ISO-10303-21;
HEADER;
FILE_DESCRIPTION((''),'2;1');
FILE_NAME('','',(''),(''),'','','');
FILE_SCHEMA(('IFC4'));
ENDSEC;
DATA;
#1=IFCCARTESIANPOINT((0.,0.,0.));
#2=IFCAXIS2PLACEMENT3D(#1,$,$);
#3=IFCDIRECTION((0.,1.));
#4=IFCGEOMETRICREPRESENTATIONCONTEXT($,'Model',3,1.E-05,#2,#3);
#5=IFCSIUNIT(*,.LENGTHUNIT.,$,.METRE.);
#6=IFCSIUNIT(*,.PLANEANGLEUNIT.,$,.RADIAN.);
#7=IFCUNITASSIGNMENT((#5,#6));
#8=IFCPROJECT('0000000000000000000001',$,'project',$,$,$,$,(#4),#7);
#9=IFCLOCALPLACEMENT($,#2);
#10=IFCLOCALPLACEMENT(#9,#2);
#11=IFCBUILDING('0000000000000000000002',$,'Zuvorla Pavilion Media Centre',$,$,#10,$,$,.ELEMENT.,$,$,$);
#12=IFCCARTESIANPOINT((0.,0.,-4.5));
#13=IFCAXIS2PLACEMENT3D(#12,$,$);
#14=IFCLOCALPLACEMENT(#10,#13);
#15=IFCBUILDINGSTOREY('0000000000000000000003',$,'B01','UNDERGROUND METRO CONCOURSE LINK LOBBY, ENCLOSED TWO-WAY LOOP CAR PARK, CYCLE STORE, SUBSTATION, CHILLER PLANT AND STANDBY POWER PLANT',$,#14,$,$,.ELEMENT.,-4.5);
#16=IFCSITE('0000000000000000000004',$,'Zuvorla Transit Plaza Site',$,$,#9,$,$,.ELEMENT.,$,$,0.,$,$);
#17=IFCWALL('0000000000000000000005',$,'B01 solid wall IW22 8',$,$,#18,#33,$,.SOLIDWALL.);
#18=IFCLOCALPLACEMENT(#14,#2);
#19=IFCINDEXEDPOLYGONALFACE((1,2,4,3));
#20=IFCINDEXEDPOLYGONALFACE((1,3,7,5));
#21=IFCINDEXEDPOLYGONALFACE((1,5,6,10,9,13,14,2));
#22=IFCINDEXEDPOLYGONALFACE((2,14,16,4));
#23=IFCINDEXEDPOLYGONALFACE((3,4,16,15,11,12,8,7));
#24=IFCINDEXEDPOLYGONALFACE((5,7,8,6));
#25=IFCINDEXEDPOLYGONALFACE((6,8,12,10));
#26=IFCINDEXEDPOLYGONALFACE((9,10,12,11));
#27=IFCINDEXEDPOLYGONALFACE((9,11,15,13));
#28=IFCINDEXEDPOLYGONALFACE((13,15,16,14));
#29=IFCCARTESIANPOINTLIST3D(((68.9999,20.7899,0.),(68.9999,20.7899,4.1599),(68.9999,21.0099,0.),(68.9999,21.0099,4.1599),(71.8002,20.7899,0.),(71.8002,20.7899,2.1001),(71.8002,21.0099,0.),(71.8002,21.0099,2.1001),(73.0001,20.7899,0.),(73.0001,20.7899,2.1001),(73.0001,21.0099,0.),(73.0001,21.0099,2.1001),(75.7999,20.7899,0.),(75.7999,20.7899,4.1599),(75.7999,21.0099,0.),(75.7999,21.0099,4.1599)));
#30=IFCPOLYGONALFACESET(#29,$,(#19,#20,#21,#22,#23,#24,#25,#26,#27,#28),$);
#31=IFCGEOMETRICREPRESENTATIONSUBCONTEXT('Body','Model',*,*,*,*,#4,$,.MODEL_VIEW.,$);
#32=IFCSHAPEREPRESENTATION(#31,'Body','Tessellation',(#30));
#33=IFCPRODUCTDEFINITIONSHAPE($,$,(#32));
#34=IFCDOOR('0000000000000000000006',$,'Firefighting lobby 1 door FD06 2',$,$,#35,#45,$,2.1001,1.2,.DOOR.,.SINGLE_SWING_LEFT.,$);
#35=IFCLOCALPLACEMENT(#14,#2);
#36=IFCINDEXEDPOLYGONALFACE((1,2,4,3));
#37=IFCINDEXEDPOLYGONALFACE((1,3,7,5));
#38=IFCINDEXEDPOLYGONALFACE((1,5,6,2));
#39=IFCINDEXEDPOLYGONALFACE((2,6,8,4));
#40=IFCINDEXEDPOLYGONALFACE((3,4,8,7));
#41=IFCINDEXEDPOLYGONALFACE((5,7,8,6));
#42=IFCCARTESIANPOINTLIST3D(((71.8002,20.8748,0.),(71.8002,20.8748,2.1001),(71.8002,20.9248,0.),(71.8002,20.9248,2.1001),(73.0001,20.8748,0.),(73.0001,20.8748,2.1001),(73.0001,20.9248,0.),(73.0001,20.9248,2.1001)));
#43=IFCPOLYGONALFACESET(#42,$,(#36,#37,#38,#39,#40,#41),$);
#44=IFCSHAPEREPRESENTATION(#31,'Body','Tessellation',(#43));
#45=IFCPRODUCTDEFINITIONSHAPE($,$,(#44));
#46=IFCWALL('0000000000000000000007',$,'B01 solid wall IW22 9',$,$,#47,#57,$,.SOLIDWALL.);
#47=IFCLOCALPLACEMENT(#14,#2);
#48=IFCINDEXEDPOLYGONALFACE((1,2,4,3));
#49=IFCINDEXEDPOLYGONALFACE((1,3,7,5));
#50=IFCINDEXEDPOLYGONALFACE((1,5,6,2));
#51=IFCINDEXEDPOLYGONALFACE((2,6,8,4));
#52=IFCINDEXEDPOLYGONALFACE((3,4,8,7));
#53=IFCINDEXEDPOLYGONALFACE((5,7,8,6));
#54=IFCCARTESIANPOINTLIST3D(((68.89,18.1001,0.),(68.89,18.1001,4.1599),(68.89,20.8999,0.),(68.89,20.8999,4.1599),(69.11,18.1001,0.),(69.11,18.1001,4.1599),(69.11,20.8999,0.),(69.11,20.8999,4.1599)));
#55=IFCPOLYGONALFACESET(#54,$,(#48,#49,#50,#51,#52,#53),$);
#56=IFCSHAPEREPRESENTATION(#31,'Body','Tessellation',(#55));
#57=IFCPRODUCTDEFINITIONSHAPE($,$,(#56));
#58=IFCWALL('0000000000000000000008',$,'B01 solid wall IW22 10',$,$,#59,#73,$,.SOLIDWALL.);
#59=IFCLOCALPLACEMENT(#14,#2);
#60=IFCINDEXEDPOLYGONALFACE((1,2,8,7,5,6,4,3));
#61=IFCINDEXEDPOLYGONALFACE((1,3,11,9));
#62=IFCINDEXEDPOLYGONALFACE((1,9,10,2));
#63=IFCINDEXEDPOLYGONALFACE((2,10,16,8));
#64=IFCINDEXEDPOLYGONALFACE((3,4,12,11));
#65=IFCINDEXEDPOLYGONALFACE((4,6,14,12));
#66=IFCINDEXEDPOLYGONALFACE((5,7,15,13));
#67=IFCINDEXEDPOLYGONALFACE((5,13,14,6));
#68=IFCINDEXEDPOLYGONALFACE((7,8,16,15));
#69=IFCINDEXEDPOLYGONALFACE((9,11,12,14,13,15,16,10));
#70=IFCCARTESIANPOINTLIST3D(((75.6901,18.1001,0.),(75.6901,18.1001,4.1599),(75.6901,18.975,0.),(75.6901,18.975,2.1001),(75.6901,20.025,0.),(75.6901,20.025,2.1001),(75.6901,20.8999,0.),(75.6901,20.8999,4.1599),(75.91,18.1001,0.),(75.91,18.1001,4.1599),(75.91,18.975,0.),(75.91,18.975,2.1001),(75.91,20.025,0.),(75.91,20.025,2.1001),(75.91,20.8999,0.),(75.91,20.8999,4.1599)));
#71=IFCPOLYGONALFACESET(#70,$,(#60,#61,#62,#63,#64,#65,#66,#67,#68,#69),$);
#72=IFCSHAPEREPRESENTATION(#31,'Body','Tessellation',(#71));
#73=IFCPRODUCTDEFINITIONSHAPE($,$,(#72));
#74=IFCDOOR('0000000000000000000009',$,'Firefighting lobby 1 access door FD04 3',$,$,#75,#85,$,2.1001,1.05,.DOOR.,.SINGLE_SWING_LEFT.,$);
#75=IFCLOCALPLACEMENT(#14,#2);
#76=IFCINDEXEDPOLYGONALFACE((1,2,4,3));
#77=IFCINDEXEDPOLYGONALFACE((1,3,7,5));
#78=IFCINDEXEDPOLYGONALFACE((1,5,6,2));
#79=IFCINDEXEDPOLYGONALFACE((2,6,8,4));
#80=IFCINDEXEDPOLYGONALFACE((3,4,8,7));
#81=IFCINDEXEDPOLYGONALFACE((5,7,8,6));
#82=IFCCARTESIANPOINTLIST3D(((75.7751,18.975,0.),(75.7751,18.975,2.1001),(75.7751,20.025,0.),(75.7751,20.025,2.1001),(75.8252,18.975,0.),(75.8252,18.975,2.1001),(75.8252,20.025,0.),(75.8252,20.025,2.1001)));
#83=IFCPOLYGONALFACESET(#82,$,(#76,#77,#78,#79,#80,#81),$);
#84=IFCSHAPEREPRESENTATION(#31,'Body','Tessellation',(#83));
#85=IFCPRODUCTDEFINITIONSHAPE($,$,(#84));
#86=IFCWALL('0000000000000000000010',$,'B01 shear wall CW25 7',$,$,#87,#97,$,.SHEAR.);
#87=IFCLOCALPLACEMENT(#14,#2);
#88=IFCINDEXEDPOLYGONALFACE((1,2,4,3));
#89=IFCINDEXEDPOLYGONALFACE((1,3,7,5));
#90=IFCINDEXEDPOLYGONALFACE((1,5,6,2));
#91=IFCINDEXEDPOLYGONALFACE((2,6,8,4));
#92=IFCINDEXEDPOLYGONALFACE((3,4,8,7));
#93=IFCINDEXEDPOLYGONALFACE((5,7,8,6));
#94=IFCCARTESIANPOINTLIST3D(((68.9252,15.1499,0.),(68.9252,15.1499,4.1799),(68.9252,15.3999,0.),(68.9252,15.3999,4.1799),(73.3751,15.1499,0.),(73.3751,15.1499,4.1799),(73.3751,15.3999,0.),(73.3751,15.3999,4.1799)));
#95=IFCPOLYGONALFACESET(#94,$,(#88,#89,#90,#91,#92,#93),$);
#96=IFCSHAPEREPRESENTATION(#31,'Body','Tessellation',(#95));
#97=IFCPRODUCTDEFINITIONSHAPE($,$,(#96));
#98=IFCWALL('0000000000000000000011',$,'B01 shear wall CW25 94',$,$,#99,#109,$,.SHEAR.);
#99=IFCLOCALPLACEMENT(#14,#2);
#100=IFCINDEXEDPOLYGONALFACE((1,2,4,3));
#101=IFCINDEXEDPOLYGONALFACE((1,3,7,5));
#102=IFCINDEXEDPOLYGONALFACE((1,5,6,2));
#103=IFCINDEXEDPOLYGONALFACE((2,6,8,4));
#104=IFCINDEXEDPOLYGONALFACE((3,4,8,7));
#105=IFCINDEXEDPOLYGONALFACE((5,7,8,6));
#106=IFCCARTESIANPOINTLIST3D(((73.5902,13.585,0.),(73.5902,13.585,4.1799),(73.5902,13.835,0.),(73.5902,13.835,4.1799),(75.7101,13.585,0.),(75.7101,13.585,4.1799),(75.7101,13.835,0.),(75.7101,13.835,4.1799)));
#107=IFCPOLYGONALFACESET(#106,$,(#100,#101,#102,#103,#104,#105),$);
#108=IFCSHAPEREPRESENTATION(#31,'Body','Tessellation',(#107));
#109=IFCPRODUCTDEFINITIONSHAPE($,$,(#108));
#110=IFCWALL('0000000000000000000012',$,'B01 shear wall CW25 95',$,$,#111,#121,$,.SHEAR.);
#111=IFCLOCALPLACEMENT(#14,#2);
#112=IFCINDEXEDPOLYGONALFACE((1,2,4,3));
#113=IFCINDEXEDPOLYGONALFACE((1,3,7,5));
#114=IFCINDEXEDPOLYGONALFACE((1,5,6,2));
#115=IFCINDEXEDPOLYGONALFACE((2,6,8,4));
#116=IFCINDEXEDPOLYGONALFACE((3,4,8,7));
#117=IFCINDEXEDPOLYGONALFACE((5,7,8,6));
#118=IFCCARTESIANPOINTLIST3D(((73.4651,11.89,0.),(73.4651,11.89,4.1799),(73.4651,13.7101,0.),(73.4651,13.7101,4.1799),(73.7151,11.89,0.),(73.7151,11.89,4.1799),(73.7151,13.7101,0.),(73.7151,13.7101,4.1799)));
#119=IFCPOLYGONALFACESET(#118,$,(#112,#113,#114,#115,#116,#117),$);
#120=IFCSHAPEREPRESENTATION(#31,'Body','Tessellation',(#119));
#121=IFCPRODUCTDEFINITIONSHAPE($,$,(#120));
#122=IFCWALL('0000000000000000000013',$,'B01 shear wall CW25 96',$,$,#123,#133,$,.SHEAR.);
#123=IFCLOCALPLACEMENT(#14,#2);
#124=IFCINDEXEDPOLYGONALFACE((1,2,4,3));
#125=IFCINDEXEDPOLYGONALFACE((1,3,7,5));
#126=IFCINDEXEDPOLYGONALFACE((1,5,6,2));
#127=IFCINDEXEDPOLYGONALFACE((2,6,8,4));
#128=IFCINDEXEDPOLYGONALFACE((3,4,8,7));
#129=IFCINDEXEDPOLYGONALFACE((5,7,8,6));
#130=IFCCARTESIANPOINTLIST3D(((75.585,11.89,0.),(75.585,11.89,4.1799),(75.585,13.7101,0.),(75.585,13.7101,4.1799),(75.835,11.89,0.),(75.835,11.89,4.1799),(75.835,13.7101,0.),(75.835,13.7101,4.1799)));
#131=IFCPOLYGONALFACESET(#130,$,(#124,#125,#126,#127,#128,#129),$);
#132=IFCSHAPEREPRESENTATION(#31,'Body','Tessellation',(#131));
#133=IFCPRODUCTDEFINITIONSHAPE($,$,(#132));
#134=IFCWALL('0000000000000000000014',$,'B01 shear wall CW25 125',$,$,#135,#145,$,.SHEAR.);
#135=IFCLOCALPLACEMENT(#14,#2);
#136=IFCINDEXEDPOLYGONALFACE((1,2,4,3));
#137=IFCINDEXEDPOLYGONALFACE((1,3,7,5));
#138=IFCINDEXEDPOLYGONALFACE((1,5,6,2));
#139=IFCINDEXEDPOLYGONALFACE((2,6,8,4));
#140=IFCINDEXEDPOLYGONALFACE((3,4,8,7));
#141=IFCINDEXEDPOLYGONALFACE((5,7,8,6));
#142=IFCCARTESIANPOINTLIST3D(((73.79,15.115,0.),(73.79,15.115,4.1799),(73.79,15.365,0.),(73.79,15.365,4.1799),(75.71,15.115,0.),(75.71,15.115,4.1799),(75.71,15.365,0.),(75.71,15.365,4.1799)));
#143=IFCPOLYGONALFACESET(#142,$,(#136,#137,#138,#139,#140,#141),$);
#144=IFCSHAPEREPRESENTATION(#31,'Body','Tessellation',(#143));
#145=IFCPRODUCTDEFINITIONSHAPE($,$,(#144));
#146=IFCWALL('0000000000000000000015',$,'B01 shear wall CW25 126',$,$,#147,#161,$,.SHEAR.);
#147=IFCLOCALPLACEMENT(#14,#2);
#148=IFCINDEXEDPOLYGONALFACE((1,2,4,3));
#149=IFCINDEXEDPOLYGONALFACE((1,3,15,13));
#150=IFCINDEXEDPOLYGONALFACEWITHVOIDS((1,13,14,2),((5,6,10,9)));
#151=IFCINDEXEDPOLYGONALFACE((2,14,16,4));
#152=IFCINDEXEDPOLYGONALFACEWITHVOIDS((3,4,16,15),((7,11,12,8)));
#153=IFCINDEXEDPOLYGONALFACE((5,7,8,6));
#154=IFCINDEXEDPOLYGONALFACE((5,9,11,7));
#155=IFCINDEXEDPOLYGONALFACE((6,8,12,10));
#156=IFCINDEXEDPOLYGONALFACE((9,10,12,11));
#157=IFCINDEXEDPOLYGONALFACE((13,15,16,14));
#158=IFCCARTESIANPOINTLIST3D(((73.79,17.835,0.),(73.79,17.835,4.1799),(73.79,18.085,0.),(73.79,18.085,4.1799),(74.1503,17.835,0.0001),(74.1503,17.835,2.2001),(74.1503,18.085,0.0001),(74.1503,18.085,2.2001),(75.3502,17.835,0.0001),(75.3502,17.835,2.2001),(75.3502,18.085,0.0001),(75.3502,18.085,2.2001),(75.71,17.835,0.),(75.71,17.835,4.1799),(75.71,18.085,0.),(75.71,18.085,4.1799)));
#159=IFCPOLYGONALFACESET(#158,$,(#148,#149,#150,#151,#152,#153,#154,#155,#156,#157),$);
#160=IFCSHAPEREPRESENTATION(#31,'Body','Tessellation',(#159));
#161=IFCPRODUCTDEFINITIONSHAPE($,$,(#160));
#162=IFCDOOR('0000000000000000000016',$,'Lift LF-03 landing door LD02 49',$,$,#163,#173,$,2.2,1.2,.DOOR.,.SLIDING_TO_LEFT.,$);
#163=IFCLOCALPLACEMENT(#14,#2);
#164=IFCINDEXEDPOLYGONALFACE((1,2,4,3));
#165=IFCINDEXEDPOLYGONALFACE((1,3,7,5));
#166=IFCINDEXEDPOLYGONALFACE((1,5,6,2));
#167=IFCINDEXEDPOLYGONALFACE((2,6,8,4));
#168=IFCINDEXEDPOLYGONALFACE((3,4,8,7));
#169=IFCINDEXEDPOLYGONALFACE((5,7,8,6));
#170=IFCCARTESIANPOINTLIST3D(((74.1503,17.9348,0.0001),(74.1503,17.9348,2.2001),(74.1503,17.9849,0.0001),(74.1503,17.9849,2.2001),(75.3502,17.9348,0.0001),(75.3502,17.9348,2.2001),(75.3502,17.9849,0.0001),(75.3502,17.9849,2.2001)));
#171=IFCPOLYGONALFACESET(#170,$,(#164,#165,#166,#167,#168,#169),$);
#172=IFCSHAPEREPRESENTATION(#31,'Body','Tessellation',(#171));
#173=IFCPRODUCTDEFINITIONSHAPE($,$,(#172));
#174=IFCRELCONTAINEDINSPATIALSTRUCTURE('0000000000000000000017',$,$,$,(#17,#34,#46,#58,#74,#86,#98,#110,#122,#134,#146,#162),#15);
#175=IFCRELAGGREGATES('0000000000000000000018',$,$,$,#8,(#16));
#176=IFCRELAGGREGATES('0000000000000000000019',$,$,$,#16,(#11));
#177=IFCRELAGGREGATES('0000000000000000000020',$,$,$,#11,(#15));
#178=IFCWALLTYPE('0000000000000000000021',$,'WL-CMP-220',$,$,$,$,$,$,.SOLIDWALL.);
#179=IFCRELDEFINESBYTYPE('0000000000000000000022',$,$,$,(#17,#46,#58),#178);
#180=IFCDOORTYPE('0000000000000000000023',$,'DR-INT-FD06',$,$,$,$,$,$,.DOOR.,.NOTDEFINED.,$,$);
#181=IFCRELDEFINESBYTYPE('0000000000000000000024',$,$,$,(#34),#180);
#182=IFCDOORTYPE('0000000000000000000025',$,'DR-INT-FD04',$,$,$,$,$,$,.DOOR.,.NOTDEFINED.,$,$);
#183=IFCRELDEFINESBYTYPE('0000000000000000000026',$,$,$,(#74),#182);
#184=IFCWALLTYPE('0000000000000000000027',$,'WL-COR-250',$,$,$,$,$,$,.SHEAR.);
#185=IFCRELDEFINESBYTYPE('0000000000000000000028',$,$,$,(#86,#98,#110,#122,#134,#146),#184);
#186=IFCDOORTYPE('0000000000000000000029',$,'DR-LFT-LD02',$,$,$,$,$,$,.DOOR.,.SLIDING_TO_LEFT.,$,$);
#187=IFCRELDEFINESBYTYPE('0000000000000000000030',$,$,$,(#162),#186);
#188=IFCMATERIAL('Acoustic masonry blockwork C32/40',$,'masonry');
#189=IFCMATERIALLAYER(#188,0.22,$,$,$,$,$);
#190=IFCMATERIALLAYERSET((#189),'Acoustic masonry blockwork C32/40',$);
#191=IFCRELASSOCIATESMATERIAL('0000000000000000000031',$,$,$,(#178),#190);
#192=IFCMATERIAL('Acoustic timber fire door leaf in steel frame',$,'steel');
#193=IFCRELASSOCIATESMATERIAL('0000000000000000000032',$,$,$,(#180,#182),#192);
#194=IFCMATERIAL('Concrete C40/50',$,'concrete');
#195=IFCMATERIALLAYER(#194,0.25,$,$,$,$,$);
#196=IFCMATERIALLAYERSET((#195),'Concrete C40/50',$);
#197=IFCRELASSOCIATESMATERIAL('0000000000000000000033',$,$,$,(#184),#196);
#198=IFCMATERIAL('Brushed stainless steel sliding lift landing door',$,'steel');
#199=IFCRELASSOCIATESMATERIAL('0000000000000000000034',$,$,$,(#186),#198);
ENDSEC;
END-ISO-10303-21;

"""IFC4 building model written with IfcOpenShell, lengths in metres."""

from ifc_helpers import new_model, si_unit, direction, frame, frame_2d, origin, place, context, subcontext, project, spatial, rectangle, extrude, material, layer, layer_set, type_object, element, fill, save


model = new_model("IFC4")

# Units and contexts
model_context = context("Model", 3, precision=1e-05, world=origin(), true_north=direction((0.0, 1.0)))
body_context = subcontext(model_context, "Body", "Model", "MODEL_VIEW")
ifc_project = project(units=[si_unit("LENGTHUNIT", "METRE"), si_unit("PLANEANGLEUNIT", "RADIAN")], contexts=[model_context])

# Site, building, storey
site_placement = place(None, origin())
site = spatial("IfcSite", under=ifc_project, at=site_placement, Name="Zuvorla Transit Plaza Site", CompositionType="ELEMENT", RefElevation=0.0)
building_placement = place(site_placement, origin())
building = spatial("IfcBuilding", under=site, at=building_placement, Name="Zuvorla Pavilion Media Centre", CompositionType="ELEMENT")
storey_placement = place(building_placement, frame((0.0, 0.0, -4.5)))
storey = spatial("IfcBuildingStorey", under=building, at=storey_placement, Name="B01", Description="UNDERGROUND METRO CONCOURSE LINK LOBBY, ENCLOSED TWO-WAY LOOP CAR PARK, CYCLE STORE, SUBSTATION, CHILLER PLANT AND STANDBY POWER PLANT", CompositionType="ELEMENT", Elevation=-4.5)

# Shared definitions
ifc_material_1 = material(Name="Concrete C40/50", Category="concrete")

# Wall, opening, door
ifc_material_2 = material(Name="Acoustic masonry blockwork C32/40", Category="masonry")
ifc_layer_1 = layer(ifc_material_2, 0.22)
ifc_layer_set_1 = layer_set([ifc_layer_1], Name="Acoustic masonry blockwork C32/40")
wall_type_1 = type_object("IfcWallType", Name="WL-CMP-220", PredefinedType="SOLIDWALL", material=ifc_layer_set_1)
wall_1_placement = place(storey_placement, frame((69.0, 20.8999, 0.0), z_axis=(0.0, 0.0, 1.0), x_axis=(1.0, 0.0, 0.0)))
wall_1 = element("IfcWall", 1, at=wall_1_placement, inside=storey, type_object=wall_type_1, Name="B01 solid wall IW22 8", PredefinedType="SOLIDWALL", context=body_context, shape_type="SweptSolid", body=[
    extrude(rectangle(XDim=6.8, YDim=0.22, at=frame_2d((3.3999, 0.0))), origin(), (0.0, 0.0, 1.0), 4.1599),
])
opening_1_placement = place(wall_1_placement, frame((2.8, 0.0, 0.0)))
opening_1 = element("IfcOpeningElement", 2, at=opening_1_placement, cuts=wall_1, PredefinedType="OPENING", context=body_context, shape_type="SweptSolid", body=[
    extrude(rectangle(XDim=1.2, YDim=2.1001, at=frame_2d((0.6001, 1.05))), frame((0.0, 0.1199, 0.0), z_axis=(0.0, -1.0, 0.0), x_axis=(1.0, 0.0, 0.0)), (0.0, 0.0, 1.0), 0.24),
])
ifc_material_3 = material(Name="Acoustic timber fire door leaf in steel frame", Category="steel")
door_type_1 = type_object("IfcDoorType", Name="DR-INT-FD06", OperationType="NOTDEFINED", PredefinedType="DOOR", material=ifc_material_3)
door_1_placement = place(opening_1_placement, origin())
door_1 = element("IfcDoor", 3, at=door_1_placement, inside=storey, type_object=door_type_1, Name="Firefighting lobby 1 door FD06 2", OperationType="SINGLE_SWING_LEFT", OverallHeight=2.1001, OverallWidth=1.2, PredefinedType="DOOR", context=body_context, shape_type="SweptSolid", body=[
    extrude(rectangle(XDim=1.2, YDim=2.1001, at=frame_2d((0.6001, 1.05))), frame((0.0, 0.0249, 0.0), z_axis=(0.0, -1.0, 0.0), x_axis=(1.0, 0.0, 0.0)), (0.0, 0.0, 1.0), 0.05),
])
fill(opening_1, door_1)

# Wall
wall_2_placement = place(storey_placement, frame((69.0, 18.1001, 0.0), z_axis=(0.0, 0.0, 1.0), x_axis=(0.0, 1.0, 0.0)))
element("IfcWall", 4, at=wall_2_placement, inside=storey, type_object=wall_type_1, Name="B01 solid wall IW22 9", PredefinedType="SOLIDWALL", context=body_context, shape_type="SweptSolid", body=[
    extrude(rectangle(XDim=2.7998, YDim=0.22, at=frame_2d((1.3999, 0.0))), origin(), (0.0, 0.0, 1.0), 4.1599),
])

# Wall, opening, door
wall_3_placement = place(storey_placement, frame((75.8, 18.1001, 0.0), z_axis=(0.0, 0.0, 1.0), x_axis=(0.0, 1.0, 0.0)))
wall_3 = element("IfcWall", 5, at=wall_3_placement, inside=storey, type_object=wall_type_1, Name="B01 solid wall IW22 10", PredefinedType="SOLIDWALL", context=body_context, shape_type="SweptSolid", body=[
    extrude(rectangle(XDim=2.7998, YDim=0.22, at=frame_2d((1.3999, 0.0))), origin(), (0.0, 0.0, 1.0), 4.1599),
])
opening_2_placement = place(wall_3_placement, frame((0.875, 0.0, 0.0)))
opening_2 = element("IfcOpeningElement", 6, at=opening_2_placement, cuts=wall_3, PredefinedType="OPENING", context=body_context, shape_type="SweptSolid", body=[
    extrude(rectangle(XDim=1.05, YDim=2.1001, at=frame_2d((0.5249, 1.05))), frame((0.0, 0.1199, 0.0), z_axis=(0.0, -1.0, 0.0), x_axis=(1.0, 0.0, 0.0)), (0.0, 0.0, 1.0), 0.24),
])
door_type_2 = type_object("IfcDoorType", Name="DR-INT-FD04", OperationType="NOTDEFINED", PredefinedType="DOOR", material=ifc_material_3)
door_2_placement = place(opening_2_placement, origin())
door_2 = element("IfcDoor", 7, at=door_2_placement, inside=storey, type_object=door_type_2, Name="Firefighting lobby 1 access door FD04 3", OperationType="SINGLE_SWING_LEFT", OverallHeight=2.1001, OverallWidth=1.05, PredefinedType="DOOR", context=body_context, shape_type="SweptSolid", body=[
    extrude(rectangle(XDim=1.05, YDim=2.1001, at=frame_2d((0.5249, 1.05))), frame((0.0, 0.0249, 0.0), z_axis=(0.0, -1.0, 0.0), x_axis=(1.0, 0.0, 0.0)), (0.0, 0.0, 1.0), 0.05),
])
fill(opening_2, door_2)

# Walls
ifc_layer_2 = layer(ifc_material_1, 0.25)
ifc_layer_set_2 = layer_set([ifc_layer_2], Name="Concrete C40/50")
wall_type_2 = type_object("IfcWallType", Name="WL-COR-250", PredefinedType="SHEAR", material=ifc_layer_set_2)
wall_4_placement = place(storey_placement, frame((68.925, 15.2749, 0.0), z_axis=(0.0, 0.0, 1.0), x_axis=(1.0, 0.0, 0.0)))
element("IfcWall", 8, at=wall_4_placement, inside=storey, type_object=wall_type_2, Name="B01 shear wall CW25 7", PredefinedType="SHEAR", context=body_context, shape_type="SweptSolid", body=[
    extrude(rectangle(XDim=4.45, YDim=0.25, at=frame_2d((2.2251, 0.0))), origin(), (0.0, 0.0, 1.0), 4.1799),
])
wall_5_placement = place(storey_placement, frame((73.5901, 13.71, 0.0), z_axis=(0.0, 0.0, 1.0), x_axis=(1.0, 0.0, 0.0)))
element("IfcWall", 9, at=wall_5_placement, inside=storey, type_object=wall_type_2, Name="B01 shear wall CW25 94", PredefinedType="SHEAR", context=body_context, shape_type="SweptSolid", body=[
    extrude(rectangle(XDim=2.1199, YDim=0.25, at=frame_2d((1.0601, 0.0))), origin(), (0.0, 0.0, 1.0), 4.1799),
])
for number, where, z_axis, x_axis, name in (
    (10, (73.5901, 11.8899, 0.0), (0.0, 0.0, 1.0), (0.0, 1.0, 0.0), "B01 shear wall CW25 95"),
    (11, (75.71, 11.8899, 0.0), (0.0, 0.0, 1.0), (0.0, 1.0, 0.0), "B01 shear wall CW25 96"),
):
    element("IfcWall", number, at=place(storey_placement, frame(where, z_axis=z_axis, x_axis=x_axis)), inside=storey, type_object=wall_type_2, Name=name, PredefinedType="SHEAR", context=body_context, shape_type="SweptSolid", body=[
        extrude(rectangle(XDim=1.8201, YDim=0.25, at=frame_2d((0.9102, 0.0))), origin(), (0.0, 0.0, 1.0), 4.1799),
    ])
wall_6_placement = place(storey_placement, frame((73.79, 15.24, 0.0), z_axis=(0.0, 0.0, 1.0), x_axis=(1.0, 0.0, 0.0)))
element("IfcWall", 12, at=wall_6_placement, inside=storey, type_object=wall_type_2, Name="B01 shear wall CW25 125", PredefinedType="SHEAR", context=body_context, shape_type="SweptSolid", body=[
    extrude(rectangle(XDim=1.9199, YDim=0.25, at=frame_2d((0.96, 0.0))), origin(), (0.0, 0.0, 1.0), 4.1799),
])

# Wall, opening, door
wall_7_placement = place(storey_placement, frame((73.79, 17.96, 0.0), z_axis=(0.0, 0.0, 1.0), x_axis=(1.0, 0.0, 0.0)))
wall_7 = element("IfcWall", 13, at=wall_7_placement, inside=storey, type_object=wall_type_2, Name="B01 shear wall CW25 126", PredefinedType="SHEAR", context=body_context, shape_type="SweptSolid", body=[
    extrude(rectangle(XDim=1.9199, YDim=0.25, at=frame_2d((0.96, 0.0))), origin(), (0.0, 0.0, 1.0), 4.1799),
])
opening_3_placement = place(wall_7_placement, frame((0.3601, 0.0, 0.0)))
opening_3 = element("IfcOpeningElement", 14, at=opening_3_placement, cuts=wall_7, PredefinedType="OPENING", context=body_context, shape_type="SweptSolid", body=[
    extrude(rectangle(XDim=1.2, YDim=2.2, at=frame_2d((0.6001, 1.1001))), frame((0.0, 0.135, 0.0), z_axis=(0.0, -1.0, 0.0), x_axis=(1.0, 0.0, 0.0)), (0.0, 0.0, 1.0), 0.27),
])
ifc_material_4 = material(Name="Brushed stainless steel sliding lift landing door", Category="steel")
door_type_3 = type_object("IfcDoorType", Name="DR-LFT-LD02", OperationType="SLIDING_TO_LEFT", PredefinedType="DOOR", material=ifc_material_4)
door_3_placement = place(opening_3_placement, origin())
door_3 = element("IfcDoor", 15, at=door_3_placement, inside=storey, type_object=door_type_3, Name="Lift LF-03 landing door LD02 49", OperationType="SLIDING_TO_LEFT", OverallHeight=2.2, OverallWidth=1.2, PredefinedType="DOOR", context=body_context, shape_type="SweptSolid", body=[
    extrude(rectangle(XDim=1.2, YDim=2.2, at=frame_2d((0.6001, 1.1001))), frame((0.0, 0.0249, 0.0), z_axis=(0.0, -1.0, 0.0), x_axis=(1.0, 0.0, 0.0)), (0.0, 0.0, 1.0), 0.05),
])
fill(opening_3, door_3)

save(model, "model.ifc")
